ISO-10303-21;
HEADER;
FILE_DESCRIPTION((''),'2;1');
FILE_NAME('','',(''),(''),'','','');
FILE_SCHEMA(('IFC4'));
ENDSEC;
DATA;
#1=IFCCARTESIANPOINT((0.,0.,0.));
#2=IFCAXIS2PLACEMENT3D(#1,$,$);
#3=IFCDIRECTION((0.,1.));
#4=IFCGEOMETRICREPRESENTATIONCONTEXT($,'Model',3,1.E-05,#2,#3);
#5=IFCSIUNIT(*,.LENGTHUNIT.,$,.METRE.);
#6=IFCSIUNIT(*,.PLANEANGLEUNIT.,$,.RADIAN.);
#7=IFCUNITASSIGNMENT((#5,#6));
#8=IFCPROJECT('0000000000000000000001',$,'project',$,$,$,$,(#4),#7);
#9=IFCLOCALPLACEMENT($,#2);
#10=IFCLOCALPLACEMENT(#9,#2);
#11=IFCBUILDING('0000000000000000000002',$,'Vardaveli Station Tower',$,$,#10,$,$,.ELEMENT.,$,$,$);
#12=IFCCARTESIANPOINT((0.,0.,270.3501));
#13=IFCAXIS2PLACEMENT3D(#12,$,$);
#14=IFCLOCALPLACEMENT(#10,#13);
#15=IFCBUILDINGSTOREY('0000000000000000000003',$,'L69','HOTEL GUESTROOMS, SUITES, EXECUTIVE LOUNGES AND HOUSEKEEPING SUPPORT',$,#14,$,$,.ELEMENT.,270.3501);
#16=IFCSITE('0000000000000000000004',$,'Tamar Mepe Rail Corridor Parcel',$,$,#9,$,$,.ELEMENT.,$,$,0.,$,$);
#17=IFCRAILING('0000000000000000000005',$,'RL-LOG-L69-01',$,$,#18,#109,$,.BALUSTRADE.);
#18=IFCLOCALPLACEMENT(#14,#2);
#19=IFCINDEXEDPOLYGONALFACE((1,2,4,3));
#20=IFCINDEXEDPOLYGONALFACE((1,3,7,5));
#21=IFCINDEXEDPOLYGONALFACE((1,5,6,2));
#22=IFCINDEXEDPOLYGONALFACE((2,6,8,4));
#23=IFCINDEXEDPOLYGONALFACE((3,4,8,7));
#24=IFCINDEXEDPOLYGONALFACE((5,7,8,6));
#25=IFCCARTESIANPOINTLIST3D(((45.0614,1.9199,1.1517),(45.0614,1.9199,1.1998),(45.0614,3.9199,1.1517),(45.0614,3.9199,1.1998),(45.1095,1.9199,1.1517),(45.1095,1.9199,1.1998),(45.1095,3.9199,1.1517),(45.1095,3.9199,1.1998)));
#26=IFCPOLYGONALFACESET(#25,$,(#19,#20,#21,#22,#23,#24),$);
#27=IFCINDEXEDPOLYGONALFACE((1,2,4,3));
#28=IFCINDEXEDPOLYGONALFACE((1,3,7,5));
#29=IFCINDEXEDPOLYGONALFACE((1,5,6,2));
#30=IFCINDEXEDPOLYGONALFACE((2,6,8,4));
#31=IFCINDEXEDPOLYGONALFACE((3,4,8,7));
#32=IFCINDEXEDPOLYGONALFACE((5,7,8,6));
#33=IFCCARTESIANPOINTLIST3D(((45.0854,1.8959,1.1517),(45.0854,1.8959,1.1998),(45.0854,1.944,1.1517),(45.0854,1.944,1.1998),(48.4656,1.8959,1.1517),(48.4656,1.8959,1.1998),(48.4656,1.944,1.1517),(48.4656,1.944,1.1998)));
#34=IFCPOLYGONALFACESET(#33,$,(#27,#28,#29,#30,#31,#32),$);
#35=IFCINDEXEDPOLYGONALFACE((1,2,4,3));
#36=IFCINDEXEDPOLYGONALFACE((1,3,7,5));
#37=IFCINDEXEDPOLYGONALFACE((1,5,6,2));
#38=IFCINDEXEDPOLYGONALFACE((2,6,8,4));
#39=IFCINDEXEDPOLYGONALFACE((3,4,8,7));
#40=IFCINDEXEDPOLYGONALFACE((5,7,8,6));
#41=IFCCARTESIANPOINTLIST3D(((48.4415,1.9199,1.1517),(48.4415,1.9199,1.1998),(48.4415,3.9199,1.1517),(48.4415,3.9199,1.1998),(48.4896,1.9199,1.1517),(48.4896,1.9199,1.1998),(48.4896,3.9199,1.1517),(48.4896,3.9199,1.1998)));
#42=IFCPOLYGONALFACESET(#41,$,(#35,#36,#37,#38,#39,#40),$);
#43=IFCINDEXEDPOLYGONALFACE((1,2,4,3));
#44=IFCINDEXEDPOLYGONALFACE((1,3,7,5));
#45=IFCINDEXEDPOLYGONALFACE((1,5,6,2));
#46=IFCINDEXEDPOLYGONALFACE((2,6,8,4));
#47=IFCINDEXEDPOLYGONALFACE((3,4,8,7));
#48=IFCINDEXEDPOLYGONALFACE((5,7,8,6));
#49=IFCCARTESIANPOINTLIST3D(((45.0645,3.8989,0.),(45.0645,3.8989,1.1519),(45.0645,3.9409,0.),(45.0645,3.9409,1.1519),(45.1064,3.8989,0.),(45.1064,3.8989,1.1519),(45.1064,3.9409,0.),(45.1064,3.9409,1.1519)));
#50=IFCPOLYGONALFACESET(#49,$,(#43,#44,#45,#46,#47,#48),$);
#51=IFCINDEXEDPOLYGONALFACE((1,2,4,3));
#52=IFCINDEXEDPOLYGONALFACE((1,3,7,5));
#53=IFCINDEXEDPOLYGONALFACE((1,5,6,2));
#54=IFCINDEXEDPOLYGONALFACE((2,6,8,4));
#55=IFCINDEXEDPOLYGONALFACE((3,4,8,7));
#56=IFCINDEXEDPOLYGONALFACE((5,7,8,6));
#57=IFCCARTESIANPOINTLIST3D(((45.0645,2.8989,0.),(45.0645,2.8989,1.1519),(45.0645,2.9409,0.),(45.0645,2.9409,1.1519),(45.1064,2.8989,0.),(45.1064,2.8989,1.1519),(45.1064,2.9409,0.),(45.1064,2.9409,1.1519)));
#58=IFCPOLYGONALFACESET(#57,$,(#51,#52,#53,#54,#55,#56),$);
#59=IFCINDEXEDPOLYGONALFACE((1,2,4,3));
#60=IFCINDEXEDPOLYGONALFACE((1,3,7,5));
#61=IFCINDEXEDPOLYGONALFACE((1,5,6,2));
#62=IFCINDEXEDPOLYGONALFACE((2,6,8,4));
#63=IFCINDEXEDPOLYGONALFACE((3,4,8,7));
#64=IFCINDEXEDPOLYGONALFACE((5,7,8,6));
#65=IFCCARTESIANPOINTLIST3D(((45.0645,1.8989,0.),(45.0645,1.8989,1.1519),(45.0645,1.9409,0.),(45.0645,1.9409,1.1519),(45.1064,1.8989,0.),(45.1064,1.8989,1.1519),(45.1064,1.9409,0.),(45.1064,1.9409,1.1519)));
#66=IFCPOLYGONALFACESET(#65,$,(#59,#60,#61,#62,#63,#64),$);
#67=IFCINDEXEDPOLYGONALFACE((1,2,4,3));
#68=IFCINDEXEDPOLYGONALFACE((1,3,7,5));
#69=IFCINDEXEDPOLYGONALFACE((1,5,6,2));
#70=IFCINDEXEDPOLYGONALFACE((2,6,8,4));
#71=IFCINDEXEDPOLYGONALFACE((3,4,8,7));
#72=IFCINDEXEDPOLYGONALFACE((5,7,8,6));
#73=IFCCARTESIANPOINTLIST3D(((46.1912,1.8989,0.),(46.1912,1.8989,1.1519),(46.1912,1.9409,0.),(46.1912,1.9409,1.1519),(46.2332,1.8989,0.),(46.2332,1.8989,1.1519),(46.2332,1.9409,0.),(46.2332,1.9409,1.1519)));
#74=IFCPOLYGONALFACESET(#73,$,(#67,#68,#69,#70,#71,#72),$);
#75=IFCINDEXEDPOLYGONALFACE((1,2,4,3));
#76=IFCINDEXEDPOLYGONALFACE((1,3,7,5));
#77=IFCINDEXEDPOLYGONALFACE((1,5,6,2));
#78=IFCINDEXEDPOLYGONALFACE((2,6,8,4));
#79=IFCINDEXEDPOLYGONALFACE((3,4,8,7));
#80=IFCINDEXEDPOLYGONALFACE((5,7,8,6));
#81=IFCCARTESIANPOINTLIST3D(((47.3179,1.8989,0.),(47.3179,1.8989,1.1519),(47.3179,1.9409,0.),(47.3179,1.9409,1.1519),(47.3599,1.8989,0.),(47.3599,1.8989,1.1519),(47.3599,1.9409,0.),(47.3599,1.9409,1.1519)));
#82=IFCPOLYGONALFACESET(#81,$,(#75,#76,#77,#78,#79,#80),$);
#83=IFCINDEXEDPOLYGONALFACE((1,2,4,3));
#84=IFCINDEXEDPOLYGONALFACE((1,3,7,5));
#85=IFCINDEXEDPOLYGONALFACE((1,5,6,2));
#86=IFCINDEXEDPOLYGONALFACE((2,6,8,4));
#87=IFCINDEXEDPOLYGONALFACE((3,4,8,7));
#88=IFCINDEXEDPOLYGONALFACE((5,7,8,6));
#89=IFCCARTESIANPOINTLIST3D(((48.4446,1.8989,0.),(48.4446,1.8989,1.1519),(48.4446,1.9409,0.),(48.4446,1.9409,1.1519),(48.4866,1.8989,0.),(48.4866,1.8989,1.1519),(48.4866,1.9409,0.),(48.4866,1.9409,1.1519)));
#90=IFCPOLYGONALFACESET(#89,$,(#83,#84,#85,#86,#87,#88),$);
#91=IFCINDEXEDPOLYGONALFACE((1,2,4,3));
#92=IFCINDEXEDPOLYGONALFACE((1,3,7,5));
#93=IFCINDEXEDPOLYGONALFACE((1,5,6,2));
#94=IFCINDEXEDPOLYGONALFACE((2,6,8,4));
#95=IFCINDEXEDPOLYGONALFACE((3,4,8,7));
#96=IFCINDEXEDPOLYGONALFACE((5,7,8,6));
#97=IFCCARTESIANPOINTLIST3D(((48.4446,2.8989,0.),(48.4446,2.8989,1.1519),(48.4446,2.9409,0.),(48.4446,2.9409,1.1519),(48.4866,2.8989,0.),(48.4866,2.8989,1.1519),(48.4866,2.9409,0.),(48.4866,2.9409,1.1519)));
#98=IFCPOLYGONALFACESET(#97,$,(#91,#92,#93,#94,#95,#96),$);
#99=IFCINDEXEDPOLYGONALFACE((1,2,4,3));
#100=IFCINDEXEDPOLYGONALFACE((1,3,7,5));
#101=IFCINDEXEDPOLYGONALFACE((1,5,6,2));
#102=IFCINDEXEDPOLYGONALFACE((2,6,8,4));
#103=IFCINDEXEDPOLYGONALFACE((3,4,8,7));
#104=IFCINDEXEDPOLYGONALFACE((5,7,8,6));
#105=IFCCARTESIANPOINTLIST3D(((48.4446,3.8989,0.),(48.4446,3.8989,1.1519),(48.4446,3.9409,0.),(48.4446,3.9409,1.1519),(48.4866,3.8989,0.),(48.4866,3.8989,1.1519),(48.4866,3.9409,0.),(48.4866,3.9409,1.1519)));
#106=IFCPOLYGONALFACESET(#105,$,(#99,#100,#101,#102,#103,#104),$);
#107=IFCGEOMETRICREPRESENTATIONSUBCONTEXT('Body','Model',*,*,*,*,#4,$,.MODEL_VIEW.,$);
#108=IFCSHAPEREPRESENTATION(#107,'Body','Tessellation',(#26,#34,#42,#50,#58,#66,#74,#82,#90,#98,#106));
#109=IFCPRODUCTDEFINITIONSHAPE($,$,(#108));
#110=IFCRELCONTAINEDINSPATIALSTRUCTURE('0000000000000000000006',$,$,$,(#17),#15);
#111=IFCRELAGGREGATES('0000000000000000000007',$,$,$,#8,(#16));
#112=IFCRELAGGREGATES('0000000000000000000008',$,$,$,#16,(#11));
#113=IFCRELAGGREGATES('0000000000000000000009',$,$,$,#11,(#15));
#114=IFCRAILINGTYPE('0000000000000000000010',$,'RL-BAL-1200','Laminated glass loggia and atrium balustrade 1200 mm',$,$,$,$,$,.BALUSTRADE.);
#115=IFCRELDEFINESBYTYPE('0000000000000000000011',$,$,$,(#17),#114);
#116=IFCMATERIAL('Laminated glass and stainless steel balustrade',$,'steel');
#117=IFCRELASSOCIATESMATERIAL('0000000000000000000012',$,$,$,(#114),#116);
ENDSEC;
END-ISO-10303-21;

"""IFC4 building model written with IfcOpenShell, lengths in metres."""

from ifc_helpers import new_model, si_unit, direction, frame, origin, origin_2d, place, context, subcontext, project, spatial, rectangle, extrude, source, transform, mapped, material, type_object, element, save


model = new_model("IFC4")

# Units and contexts
model_context = context("Model", 3, precision=1e-05, world=origin(), true_north=direction((0.0, 1.0)))
body_context = subcontext(model_context, "Body", "Model", "MODEL_VIEW")
ifc_project = project(units=[si_unit("LENGTHUNIT", "METRE"), si_unit("PLANEANGLEUNIT", "RADIAN")], contexts=[model_context])

# Site, building, storey
site_placement = place(None, origin())
site = spatial("IfcSite", under=ifc_project, at=site_placement, Name="Tamar Mepe Rail Corridor Parcel", CompositionType="ELEMENT", RefElevation=0.0)
building_placement = place(site_placement, origin())
building = spatial("IfcBuilding", under=site, at=building_placement, Name="Vardaveli Station Tower", CompositionType="ELEMENT")
storey_placement = place(building_placement, frame((0.0, 0.0, 270.3501)))
storey = spatial("IfcBuildingStorey", under=building, at=storey_placement, Name="L69", Description="HOTEL GUESTROOMS, SUITES, EXECUTIVE LOUNGES AND HOUSEKEEPING SUPPORT", CompositionType="ELEMENT", Elevation=270.3501)

# Railing
ifc_material_1 = material(Name="Laminated glass and stainless steel balustrade", Category="steel")
railing_type = type_object("IfcRailingType", Name="RL-BAL-1200", Description="Laminated glass loggia and atrium balustrade 1200 mm", PredefinedType="BALUSTRADE", material=ifc_material_1)
shared_shape_1 = source(origin(), body_context, "Body", "SweptSolid", [
    extrude(rectangle(XDim=0.0481, YDim=0.0481, at=origin_2d()), frame((0.0, 0.0, 1.1758), z_axis=(0.0, -1.0, 0.0), x_axis=(1.0, 0.0, 0.0)), (0.0, 0.0, 1.0), 2.0),
    extrude(rectangle(XDim=0.0481, YDim=0.0481, at=origin_2d()), frame((0.0, -2.0, 1.1758), z_axis=(1.0, 0.0, 0.0), x_axis=(0.0, 1.0, 0.0)), (0.0, 0.0, 1.0), 3.3801),
    extrude(rectangle(XDim=0.0481, YDim=0.0481, at=origin_2d()), frame((3.3801, -2.0, 1.1758), z_axis=(0.0, 1.0, 0.0), x_axis=(-1.0, 0.0, 0.0)), (0.0, 0.0, 1.0), 2.0),
    extrude(rectangle(XDim=0.042, YDim=0.042, at=origin_2d()), origin(), (0.0, 0.0, 1.0), 1.1519),
    extrude(rectangle(XDim=0.042, YDim=0.042, at=origin_2d()), frame((0.0, -1.0, 0.0)), (0.0, 0.0, 1.0), 1.1519),
    extrude(rectangle(XDim=0.042, YDim=0.042, at=origin_2d()), frame((0.0, -2.0, 0.0)), (0.0, 0.0, 1.0), 1.1519),
    extrude(rectangle(XDim=0.042, YDim=0.042, at=origin_2d()), frame((1.1267, -2.0, 0.0)), (0.0, 0.0, 1.0), 1.1519),
    extrude(rectangle(XDim=0.042, YDim=0.042, at=origin_2d()), frame((2.2534, -2.0, 0.0)), (0.0, 0.0, 1.0), 1.1519),
    extrude(rectangle(XDim=0.042, YDim=0.042, at=origin_2d()), frame((3.3801, -2.0, 0.0)), (0.0, 0.0, 1.0), 1.1519),
    extrude(rectangle(XDim=0.042, YDim=0.042, at=origin_2d()), frame((3.3801, -1.0, 0.0)), (0.0, 0.0, 1.0), 1.1519),
    extrude(rectangle(XDim=0.042, YDim=0.042, at=origin_2d()), frame((3.3801, 0.0, 0.0)), (0.0, 0.0, 1.0), 1.1519),
])
railing_placement = place(storey_placement, frame((45.0854, 3.9199, 0.0)))
element("IfcRailing", 1, at=railing_placement, inside=storey, type_object=railing_type, Name="RL-LOG-L69-01", PredefinedType="BALUSTRADE", context=body_context, shape_type="MappedRepresentation", body=[
    mapped(shared_shape_1, transform((0.0, 0.0, 0.0), scale=1.0)),
])

save(model, "model.ifc")
